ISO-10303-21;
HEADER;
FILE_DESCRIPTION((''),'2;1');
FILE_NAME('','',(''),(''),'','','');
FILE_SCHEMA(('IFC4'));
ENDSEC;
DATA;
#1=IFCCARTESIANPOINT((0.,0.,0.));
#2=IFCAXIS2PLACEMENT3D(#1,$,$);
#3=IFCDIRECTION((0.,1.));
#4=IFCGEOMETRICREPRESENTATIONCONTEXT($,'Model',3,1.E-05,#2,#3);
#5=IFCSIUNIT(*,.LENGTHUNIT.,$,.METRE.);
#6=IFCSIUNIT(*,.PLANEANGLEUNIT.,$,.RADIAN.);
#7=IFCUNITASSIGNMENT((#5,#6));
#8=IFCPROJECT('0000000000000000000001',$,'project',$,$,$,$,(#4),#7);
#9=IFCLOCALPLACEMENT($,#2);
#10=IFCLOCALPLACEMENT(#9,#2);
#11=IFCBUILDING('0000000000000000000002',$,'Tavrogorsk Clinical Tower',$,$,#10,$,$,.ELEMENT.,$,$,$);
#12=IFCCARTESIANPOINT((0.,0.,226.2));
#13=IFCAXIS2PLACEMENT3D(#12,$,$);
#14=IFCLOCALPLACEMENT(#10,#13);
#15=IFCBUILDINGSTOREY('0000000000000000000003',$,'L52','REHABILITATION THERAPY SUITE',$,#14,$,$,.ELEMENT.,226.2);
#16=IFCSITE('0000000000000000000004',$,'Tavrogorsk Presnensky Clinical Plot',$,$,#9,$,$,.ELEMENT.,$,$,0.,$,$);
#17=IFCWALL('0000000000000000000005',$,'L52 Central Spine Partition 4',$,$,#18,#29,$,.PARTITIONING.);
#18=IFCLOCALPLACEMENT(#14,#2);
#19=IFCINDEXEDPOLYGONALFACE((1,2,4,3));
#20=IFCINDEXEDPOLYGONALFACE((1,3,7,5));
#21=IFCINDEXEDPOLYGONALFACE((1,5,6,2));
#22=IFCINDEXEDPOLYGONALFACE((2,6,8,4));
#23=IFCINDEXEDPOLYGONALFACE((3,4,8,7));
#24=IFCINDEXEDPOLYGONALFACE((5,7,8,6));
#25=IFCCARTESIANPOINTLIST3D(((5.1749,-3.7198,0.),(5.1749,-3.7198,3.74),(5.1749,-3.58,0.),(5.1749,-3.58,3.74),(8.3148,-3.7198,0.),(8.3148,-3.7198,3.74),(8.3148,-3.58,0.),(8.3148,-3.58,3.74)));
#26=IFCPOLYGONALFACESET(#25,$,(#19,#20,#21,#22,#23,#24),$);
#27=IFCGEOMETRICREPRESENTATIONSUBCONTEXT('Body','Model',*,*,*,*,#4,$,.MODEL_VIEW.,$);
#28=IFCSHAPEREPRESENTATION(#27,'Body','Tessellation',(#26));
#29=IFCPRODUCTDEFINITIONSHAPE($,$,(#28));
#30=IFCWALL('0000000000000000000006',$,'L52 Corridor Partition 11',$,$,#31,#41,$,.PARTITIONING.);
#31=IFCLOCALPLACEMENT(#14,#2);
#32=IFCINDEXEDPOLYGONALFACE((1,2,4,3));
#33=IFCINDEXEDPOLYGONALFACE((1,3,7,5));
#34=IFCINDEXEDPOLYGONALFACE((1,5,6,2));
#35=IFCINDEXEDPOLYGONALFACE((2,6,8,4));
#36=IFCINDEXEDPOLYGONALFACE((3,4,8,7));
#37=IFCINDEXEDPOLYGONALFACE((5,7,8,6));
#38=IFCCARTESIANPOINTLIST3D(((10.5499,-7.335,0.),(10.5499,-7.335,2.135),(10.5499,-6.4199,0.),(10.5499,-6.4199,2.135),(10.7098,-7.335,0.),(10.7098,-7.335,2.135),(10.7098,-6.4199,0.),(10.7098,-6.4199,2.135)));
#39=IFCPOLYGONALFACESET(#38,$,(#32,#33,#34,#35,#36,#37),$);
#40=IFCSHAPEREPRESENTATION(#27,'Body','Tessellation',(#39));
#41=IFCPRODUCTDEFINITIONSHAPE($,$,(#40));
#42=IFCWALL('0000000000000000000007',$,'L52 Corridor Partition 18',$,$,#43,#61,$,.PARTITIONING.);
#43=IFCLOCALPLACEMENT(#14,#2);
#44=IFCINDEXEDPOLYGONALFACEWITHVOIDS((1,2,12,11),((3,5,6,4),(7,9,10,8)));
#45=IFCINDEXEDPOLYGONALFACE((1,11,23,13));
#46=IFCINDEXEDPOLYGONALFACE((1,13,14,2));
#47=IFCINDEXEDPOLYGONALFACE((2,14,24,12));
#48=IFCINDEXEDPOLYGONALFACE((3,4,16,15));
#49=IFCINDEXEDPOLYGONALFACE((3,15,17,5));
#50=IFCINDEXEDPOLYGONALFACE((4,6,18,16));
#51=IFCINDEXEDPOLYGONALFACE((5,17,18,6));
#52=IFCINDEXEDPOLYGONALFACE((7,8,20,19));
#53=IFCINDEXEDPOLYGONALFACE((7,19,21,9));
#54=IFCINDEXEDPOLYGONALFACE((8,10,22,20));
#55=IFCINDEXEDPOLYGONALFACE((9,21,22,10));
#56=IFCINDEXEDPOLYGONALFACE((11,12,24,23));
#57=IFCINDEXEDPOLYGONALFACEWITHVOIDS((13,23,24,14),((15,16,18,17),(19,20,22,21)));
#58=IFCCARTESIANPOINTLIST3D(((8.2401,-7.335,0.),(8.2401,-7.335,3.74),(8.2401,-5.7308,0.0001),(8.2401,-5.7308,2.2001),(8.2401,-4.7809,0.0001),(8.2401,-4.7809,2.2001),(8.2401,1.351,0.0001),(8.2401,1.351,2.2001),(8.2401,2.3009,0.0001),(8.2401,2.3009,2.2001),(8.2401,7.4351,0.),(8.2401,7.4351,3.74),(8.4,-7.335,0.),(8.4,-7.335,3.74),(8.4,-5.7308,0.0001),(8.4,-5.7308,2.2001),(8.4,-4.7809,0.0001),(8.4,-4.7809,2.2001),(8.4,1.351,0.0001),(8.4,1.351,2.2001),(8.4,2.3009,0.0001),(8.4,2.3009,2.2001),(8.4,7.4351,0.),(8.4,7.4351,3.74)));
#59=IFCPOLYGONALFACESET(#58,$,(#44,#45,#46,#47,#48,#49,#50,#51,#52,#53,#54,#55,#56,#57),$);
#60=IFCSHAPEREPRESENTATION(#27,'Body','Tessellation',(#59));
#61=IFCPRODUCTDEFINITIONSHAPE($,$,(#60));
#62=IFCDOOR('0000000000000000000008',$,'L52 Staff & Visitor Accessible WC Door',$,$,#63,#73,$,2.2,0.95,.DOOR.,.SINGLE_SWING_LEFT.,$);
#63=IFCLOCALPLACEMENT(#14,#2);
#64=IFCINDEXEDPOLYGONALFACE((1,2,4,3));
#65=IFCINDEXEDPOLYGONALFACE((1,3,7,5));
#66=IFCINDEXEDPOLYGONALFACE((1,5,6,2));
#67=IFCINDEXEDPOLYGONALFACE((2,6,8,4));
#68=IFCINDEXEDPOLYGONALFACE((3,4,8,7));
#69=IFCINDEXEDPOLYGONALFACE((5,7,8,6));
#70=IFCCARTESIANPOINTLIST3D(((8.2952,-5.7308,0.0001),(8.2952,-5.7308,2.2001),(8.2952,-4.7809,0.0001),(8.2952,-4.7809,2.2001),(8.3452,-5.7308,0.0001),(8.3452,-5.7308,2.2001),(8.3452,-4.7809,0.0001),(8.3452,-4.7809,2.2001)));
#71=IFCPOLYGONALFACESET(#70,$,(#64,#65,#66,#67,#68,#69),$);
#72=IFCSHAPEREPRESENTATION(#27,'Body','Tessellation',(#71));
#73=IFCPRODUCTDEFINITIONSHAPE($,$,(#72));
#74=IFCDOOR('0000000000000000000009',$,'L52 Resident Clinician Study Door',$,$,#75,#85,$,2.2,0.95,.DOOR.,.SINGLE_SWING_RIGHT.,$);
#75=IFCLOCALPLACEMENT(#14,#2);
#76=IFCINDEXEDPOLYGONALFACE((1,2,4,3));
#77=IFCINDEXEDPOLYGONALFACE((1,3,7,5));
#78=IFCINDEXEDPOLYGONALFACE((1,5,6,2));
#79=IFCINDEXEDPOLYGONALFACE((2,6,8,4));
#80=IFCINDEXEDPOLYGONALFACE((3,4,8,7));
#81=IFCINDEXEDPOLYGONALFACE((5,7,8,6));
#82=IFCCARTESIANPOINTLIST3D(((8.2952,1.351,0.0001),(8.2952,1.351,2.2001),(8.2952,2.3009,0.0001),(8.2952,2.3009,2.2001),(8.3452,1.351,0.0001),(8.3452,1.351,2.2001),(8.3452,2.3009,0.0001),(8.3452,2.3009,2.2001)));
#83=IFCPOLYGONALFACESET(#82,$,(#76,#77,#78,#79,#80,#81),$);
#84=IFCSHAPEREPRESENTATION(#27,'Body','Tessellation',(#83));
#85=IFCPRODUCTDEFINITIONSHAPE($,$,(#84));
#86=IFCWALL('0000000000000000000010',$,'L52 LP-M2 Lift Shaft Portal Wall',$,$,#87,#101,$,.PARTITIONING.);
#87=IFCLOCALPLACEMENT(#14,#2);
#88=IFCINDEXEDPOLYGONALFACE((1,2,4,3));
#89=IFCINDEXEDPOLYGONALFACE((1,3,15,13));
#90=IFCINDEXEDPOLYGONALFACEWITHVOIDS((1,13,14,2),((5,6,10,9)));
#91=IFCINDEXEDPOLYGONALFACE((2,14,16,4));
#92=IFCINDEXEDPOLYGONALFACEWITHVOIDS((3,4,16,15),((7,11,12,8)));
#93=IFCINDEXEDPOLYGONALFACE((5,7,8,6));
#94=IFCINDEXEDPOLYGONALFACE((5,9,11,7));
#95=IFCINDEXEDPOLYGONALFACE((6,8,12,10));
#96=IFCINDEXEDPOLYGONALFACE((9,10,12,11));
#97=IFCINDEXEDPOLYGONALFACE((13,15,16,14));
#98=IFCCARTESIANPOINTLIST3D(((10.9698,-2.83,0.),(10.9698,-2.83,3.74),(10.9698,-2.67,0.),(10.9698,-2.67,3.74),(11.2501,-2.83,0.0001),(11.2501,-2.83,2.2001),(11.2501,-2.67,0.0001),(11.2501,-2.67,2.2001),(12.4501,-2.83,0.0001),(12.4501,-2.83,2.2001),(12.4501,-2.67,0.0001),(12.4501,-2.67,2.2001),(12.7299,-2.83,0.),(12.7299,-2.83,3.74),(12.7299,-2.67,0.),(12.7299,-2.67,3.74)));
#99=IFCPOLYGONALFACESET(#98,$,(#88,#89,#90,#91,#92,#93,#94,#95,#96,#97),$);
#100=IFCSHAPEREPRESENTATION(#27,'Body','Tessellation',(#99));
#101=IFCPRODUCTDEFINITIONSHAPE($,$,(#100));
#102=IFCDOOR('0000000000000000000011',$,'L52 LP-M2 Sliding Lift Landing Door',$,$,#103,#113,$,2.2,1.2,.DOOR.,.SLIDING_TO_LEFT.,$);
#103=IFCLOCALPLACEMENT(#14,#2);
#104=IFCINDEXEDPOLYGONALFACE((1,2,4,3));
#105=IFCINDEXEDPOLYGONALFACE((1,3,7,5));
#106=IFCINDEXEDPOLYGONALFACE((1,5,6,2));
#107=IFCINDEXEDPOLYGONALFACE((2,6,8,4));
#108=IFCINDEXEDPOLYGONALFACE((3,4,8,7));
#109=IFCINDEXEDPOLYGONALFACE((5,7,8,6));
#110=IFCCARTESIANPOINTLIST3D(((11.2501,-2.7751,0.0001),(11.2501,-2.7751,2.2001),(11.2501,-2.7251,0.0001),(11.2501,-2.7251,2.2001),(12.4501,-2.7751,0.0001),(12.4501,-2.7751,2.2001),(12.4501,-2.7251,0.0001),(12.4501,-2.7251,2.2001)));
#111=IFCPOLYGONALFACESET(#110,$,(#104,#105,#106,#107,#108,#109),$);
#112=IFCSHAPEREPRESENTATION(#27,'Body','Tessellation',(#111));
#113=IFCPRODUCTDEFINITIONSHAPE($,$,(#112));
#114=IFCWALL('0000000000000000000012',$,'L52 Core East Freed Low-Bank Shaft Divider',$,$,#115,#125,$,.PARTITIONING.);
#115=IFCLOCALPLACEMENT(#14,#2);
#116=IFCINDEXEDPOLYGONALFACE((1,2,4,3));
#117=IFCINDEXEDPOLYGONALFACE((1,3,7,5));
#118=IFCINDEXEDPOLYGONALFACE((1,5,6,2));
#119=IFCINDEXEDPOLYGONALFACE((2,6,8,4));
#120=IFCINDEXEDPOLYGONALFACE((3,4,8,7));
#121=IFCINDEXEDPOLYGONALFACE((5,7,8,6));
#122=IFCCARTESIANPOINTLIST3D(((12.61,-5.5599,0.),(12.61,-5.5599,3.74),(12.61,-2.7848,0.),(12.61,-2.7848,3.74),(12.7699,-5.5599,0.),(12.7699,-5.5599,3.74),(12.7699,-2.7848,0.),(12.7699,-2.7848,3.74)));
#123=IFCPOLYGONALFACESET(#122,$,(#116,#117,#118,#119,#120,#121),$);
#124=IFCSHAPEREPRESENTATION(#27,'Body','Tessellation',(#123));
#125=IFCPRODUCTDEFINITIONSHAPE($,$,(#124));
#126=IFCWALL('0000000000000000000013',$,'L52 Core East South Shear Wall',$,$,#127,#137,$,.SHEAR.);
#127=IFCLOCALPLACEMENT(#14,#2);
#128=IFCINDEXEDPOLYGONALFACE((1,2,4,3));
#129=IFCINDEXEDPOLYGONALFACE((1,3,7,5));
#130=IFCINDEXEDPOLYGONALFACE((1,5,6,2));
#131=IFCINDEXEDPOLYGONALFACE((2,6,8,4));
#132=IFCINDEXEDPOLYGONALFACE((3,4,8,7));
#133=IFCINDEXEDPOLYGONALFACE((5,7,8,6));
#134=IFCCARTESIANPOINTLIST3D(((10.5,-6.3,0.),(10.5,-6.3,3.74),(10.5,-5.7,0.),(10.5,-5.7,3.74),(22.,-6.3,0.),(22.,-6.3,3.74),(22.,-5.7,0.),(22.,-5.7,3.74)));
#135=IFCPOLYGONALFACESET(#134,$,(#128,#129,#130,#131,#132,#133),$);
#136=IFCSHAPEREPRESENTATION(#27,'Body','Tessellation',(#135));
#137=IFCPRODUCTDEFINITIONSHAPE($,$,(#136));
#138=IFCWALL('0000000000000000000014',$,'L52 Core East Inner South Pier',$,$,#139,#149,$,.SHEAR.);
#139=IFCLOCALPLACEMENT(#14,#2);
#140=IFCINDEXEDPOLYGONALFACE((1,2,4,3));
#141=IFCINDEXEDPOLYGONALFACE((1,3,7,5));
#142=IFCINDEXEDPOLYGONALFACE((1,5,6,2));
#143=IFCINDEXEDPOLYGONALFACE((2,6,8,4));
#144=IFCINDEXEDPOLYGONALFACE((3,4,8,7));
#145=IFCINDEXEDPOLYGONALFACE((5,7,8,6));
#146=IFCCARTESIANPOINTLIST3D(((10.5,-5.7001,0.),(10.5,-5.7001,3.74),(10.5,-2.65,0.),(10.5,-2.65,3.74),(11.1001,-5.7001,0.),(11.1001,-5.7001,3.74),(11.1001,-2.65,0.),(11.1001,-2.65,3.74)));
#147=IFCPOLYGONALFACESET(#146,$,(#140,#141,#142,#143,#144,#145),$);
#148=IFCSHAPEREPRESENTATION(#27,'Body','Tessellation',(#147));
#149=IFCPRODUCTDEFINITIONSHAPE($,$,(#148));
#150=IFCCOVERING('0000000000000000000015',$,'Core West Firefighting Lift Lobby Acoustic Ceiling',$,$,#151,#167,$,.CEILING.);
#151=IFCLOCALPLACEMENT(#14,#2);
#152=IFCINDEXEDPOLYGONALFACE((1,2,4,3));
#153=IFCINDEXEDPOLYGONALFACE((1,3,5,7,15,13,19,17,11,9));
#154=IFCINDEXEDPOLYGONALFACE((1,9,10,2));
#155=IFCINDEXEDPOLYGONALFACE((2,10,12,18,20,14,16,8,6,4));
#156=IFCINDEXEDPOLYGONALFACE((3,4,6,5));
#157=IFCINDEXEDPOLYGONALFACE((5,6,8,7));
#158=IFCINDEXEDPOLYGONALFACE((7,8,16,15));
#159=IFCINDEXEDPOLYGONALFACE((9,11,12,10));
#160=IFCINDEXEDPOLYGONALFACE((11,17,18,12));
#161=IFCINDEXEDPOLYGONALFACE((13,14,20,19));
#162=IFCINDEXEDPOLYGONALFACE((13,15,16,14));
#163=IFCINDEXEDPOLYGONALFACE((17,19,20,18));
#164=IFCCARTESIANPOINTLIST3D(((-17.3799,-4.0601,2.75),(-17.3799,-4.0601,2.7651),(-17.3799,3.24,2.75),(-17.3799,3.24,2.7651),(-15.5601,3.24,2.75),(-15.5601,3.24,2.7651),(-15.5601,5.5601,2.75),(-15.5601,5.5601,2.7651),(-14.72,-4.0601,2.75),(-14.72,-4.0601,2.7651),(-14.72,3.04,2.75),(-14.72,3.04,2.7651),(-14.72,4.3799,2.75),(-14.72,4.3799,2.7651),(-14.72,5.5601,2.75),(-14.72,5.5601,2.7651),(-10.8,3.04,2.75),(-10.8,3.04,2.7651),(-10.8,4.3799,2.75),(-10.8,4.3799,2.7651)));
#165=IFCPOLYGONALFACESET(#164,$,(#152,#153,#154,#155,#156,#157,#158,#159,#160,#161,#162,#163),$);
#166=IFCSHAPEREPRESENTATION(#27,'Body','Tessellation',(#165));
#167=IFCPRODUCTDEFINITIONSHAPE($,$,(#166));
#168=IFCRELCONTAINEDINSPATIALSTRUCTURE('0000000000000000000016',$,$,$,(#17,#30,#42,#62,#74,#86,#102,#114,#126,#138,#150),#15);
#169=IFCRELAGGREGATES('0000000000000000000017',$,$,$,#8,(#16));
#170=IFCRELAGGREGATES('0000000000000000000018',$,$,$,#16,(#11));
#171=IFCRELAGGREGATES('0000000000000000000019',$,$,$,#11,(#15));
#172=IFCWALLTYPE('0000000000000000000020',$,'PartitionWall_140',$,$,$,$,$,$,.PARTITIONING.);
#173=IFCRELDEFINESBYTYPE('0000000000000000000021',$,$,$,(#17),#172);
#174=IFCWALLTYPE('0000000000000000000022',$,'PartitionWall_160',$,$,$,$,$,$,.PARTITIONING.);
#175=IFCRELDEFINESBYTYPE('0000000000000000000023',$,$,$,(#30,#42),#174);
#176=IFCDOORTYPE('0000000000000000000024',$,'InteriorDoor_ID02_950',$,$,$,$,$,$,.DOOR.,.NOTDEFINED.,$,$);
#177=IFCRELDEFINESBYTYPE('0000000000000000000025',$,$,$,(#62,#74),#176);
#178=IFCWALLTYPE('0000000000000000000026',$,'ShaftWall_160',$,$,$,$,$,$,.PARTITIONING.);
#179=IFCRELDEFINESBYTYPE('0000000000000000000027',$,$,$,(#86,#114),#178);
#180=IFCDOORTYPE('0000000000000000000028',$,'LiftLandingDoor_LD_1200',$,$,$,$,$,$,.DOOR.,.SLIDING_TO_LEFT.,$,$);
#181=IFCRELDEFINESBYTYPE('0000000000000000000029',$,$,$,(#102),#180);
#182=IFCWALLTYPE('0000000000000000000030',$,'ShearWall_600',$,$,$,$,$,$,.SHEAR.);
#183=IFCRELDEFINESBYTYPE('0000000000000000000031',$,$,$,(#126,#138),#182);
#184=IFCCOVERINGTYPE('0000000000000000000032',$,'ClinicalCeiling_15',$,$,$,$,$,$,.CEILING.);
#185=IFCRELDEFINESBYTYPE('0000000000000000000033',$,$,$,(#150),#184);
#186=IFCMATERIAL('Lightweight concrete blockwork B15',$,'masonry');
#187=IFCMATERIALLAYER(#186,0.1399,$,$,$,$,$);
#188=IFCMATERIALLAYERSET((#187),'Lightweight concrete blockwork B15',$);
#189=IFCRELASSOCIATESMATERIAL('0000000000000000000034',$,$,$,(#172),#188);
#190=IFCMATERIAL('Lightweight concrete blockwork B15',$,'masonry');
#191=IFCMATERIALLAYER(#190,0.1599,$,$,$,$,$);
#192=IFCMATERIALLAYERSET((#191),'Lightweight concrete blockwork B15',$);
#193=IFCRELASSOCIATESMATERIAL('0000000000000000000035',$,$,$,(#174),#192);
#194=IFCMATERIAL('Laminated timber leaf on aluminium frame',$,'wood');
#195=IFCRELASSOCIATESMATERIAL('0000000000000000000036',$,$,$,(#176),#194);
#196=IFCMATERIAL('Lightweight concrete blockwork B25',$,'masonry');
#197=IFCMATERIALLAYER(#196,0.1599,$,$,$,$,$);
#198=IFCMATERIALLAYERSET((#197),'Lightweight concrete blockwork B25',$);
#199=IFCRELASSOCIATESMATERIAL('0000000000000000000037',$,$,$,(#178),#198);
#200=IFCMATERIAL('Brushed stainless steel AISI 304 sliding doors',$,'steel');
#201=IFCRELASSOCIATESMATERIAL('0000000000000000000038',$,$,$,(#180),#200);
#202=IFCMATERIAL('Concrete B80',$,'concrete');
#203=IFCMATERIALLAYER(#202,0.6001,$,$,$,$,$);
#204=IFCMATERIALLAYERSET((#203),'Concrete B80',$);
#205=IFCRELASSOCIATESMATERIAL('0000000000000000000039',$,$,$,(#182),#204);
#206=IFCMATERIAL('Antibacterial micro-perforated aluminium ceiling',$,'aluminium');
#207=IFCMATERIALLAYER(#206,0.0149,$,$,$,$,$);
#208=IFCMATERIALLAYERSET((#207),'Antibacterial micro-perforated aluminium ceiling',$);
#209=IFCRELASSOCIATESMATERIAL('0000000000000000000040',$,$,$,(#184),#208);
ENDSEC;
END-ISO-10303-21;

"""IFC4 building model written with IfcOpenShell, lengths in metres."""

from ifc_helpers import new_model, si_unit, direction, frame, frame_2d, origin, place, context, subcontext, project, spatial, polyline, rectangle, outline, extrude, material, layer, layer_set, type_object, element, fill, save


model = new_model("IFC4")

# Units and contexts
model_context = context("Model", 3, precision=1e-05, world=origin(), true_north=direction((0.0, 1.0)))
body_context = subcontext(model_context, "Body", "Model", "MODEL_VIEW")
ifc_project = project(units=[si_unit("LENGTHUNIT", "METRE"), si_unit("PLANEANGLEUNIT", "RADIAN")], contexts=[model_context])

# Site, building, storey
site_placement = place(None, origin())
site = spatial("IfcSite", under=ifc_project, at=site_placement, Name="Tavrogorsk Presnensky Clinical Plot", CompositionType="ELEMENT", RefElevation=0.0)
building_placement = place(site_placement, origin())
building = spatial("IfcBuilding", under=site, at=building_placement, Name="Tavrogorsk Clinical Tower", CompositionType="ELEMENT")
storey_placement = place(building_placement, frame((0.0, 0.0, 226.2)))
storey = spatial("IfcBuildingStorey", under=building, at=storey_placement, Name="L52", Description="REHABILITATION THERAPY SUITE", CompositionType="ELEMENT", Elevation=226.2)

# Walls
ifc_material_1 = material(Name="Lightweight concrete blockwork B15", Category="masonry")
ifc_layer_1 = layer(ifc_material_1, 0.1399)
ifc_layer_set_1 = layer_set([ifc_layer_1], Name="Lightweight concrete blockwork B15")
wall_type_1 = type_object("IfcWallType", Name="PartitionWall_140", PredefinedType="PARTITIONING", material=ifc_layer_set_1)
wall_1_placement = place(storey_placement, frame((5.175, -3.6499, 0.0), z_axis=(0.0, 0.0, 1.0), x_axis=(1.0, 0.0, 0.0)))
element("IfcWall", 1, at=wall_1_placement, inside=storey, type_object=wall_type_1, Name="L52 Central Spine Partition 4", PredefinedType="PARTITIONING", context=body_context, shape_type="SweptSolid", body=[
    extrude(rectangle(XDim=3.1399, YDim=0.1399, at=frame_2d((1.5698, 0.0))), origin(), (0.0, 0.0, 1.0), 3.74),
])
ifc_material_2 = material(Name="Lightweight concrete blockwork B15", Category="masonry")
ifc_layer_2 = layer(ifc_material_2, 0.1599)
ifc_layer_set_2 = layer_set([ifc_layer_2], Name="Lightweight concrete blockwork B15")
wall_type_2 = type_object("IfcWallType", Name="PartitionWall_160", PredefinedType="PARTITIONING", material=ifc_layer_set_2)
wall_2_placement = place(storey_placement, frame((10.6299, -6.4199, 0.0), z_axis=(0.0, 0.0, 1.0), x_axis=(0.0, -1.0, 0.0)))
element("IfcWall", 2, at=wall_2_placement, inside=storey, type_object=wall_type_2, Name="L52 Corridor Partition 11", PredefinedType="PARTITIONING", context=body_context, shape_type="SweptSolid", body=[
    extrude(rectangle(XDim=0.915, YDim=0.1599, at=frame_2d((0.4575, 0.0))), origin(), (0.0, 0.0, 1.0), 2.135),
])

# Wall, openings, doors
wall_3_placement = place(storey_placement, frame((8.3201, -7.335, 0.0), z_axis=(0.0, 0.0, 1.0), x_axis=(0.0, 1.0, 0.0)))
wall_3 = element("IfcWall", 3, at=wall_3_placement, inside=storey, type_object=wall_type_2, Name="L52 Corridor Partition 18", PredefinedType="PARTITIONING", context=body_context, shape_type="SweptSolid", body=[
    extrude(rectangle(XDim=14.77, YDim=0.1599, at=frame_2d((7.385, 0.0))), origin(), (0.0, 0.0, 1.0), 3.74),
])
opening_1_placement = place(wall_3_placement, frame((1.604, 0.0, 0.0)))
opening_1 = element("IfcOpeningElement", 4, at=opening_1_placement, cuts=wall_3, PredefinedType="OPENING", context=body_context, shape_type="SweptSolid", body=[
    extrude(rectangle(XDim=0.95, YDim=2.2, at=frame_2d((0.4751, 1.1001))), frame((0.0, 0.0898, 0.0), z_axis=(0.0, -1.0, 0.0), x_axis=(1.0, 0.0, 0.0)), (0.0, 0.0, 1.0), 0.1799),
])
opening_2_placement = place(wall_3_placement, frame((8.6858, 0.0, 0.0)))
opening_2 = element("IfcOpeningElement", 5, at=opening_2_placement, cuts=wall_3, PredefinedType="OPENING", context=body_context, shape_type="SweptSolid", body=[
    extrude(rectangle(XDim=0.95, YDim=2.2, at=frame_2d((0.4751, 1.1001))), frame((0.0, 0.0898, 0.0), z_axis=(0.0, -1.0, 0.0), x_axis=(1.0, 0.0, 0.0)), (0.0, 0.0, 1.0), 0.1799),
])
ifc_material_3 = material(Name="Laminated timber leaf on aluminium frame", Category="wood")
door_type_1 = type_object("IfcDoorType", Name="InteriorDoor_ID02_950", OperationType="NOTDEFINED", PredefinedType="DOOR", material=ifc_material_3)
door_1_placement = place(opening_1_placement, origin())
door_1 = element("IfcDoor", 6, at=door_1_placement, inside=storey, type_object=door_type_1, Name="L52 Staff & Visitor Accessible WC Door", OperationType="SINGLE_SWING_LEFT", OverallHeight=2.2, OverallWidth=0.95, PredefinedType="DOOR", context=body_context, shape_type="SweptSolid", body=[
    extrude(rectangle(XDim=0.95, YDim=2.2, at=frame_2d((0.4751, 1.1001))), frame((0.0, 0.0249, 0.0), z_axis=(0.0, -1.0, 0.0), x_axis=(1.0, 0.0, 0.0)), (0.0, 0.0, 1.0), 0.05),
])
fill(opening_1, door_1)
door_2_placement = place(opening_2_placement, origin())
door_2 = element("IfcDoor", 7, at=door_2_placement, inside=storey, type_object=door_type_1, Name="L52 Resident Clinician Study Door", OperationType="SINGLE_SWING_RIGHT", OverallHeight=2.2, OverallWidth=0.95, PredefinedType="DOOR", context=body_context, shape_type="SweptSolid", body=[
    extrude(rectangle(XDim=0.95, YDim=2.2, at=frame_2d((0.4751, 1.1001))), frame((0.0, 0.0249, 0.0), z_axis=(0.0, -1.0, 0.0), x_axis=(1.0, 0.0, 0.0)), (0.0, 0.0, 1.0), 0.05),
])
fill(opening_2, door_2)

# Wall, opening, door
ifc_material_4 = material(Name="Lightweight concrete blockwork B25", Category="masonry")
ifc_layer_3 = layer(ifc_material_4, 0.1599)
ifc_layer_set_3 = layer_set([ifc_layer_3], Name="Lightweight concrete blockwork B25")
wall_type_3 = type_object("IfcWallType", Name="ShaftWall_160", PredefinedType="PARTITIONING", material=ifc_layer_set_3)
wall_4_placement = place(storey_placement, frame((10.97, -2.75, 0.0), z_axis=(0.0, 0.0, 1.0), x_axis=(1.0, 0.0, 0.0)))
wall_4 = element("IfcWall", 8, at=wall_4_placement, inside=storey, type_object=wall_type_3, Name="L52 LP-M2 Lift Shaft Portal Wall", PredefinedType="PARTITIONING", context=body_context, shape_type="SweptSolid", body=[
    extrude(rectangle(XDim=1.76, YDim=0.1599, at=frame_2d((0.8799, 0.0))), origin(), (0.0, 0.0, 1.0), 3.74),
])
opening_3_placement = place(wall_4_placement, frame((0.28, 0.0, 0.0)))
opening_3 = element("IfcOpeningElement", 9, at=opening_3_placement, cuts=wall_4, PredefinedType="OPENING", context=body_context, shape_type="SweptSolid", body=[
    extrude(rectangle(XDim=1.2, YDim=2.2, at=frame_2d((0.6001, 1.1001))), frame((0.0, 0.0898, 0.0), z_axis=(0.0, -1.0, 0.0), x_axis=(1.0, 0.0, 0.0)), (0.0, 0.0, 1.0), 0.1799),
])
ifc_material_5 = material(Name="Brushed stainless steel AISI 304 sliding doors", Category="steel")
door_type_2 = type_object("IfcDoorType", Name="LiftLandingDoor_LD_1200", OperationType="SLIDING_TO_LEFT", PredefinedType="DOOR", material=ifc_material_5)
door_3_placement = place(opening_3_placement, origin())
door_3 = element("IfcDoor", 10, at=door_3_placement, inside=storey, type_object=door_type_2, Name="L52 LP-M2 Sliding Lift Landing Door", OperationType="SLIDING_TO_LEFT", OverallHeight=2.2, OverallWidth=1.2, PredefinedType="DOOR", context=body_context, shape_type="SweptSolid", body=[
    extrude(rectangle(XDim=1.2, YDim=2.2, at=frame_2d((0.6001, 1.1001))), frame((0.0, 0.0249, 0.0), z_axis=(0.0, -1.0, 0.0), x_axis=(1.0, 0.0, 0.0)), (0.0, 0.0, 1.0), 0.05),
])
fill(opening_3, door_3)

# Walls
wall_5_placement = place(storey_placement, frame((12.6899, -5.5601, 0.0), z_axis=(0.0, 0.0, 1.0), x_axis=(0.0, 1.0, 0.0)))
element("IfcWall", 11, at=wall_5_placement, inside=storey, type_object=wall_type_3, Name="L52 Core East Freed Low-Bank Shaft Divider", PredefinedType="PARTITIONING", context=body_context, shape_type="SweptSolid", body=[
    extrude(rectangle(XDim=2.7751, YDim=0.1599, at=frame_2d((1.3877, 0.0))), origin(), (0.0, 0.0, 1.0), 3.74),
])
ifc_material_6 = material(Name="Concrete B80", Category="concrete")
ifc_layer_4 = layer(ifc_material_6, 0.6001)
ifc_layer_set_4 = layer_set([ifc_layer_4], Name="Concrete B80")
wall_type_4 = type_object("IfcWallType", Name="ShearWall_600", PredefinedType="SHEAR", material=ifc_layer_set_4)
wall_6_placement = place(storey_placement, frame((10.5, -6.0, 0.0), z_axis=(0.0, 0.0, 1.0), x_axis=(1.0, 0.0, 0.0)))
element("IfcWall", 12, at=wall_6_placement, inside=storey, type_object=wall_type_4, Name="L52 Core East South Shear Wall", PredefinedType="SHEAR", context=body_context, shape_type="SweptSolid", body=[
    extrude(rectangle(XDim=11.5, YDim=0.6001, at=frame_2d((5.75, 0.0))), origin(), (0.0, 0.0, 1.0), 3.74),
])
wall_7_placement = place(storey_placement, frame((10.8, -5.7, 0.0), z_axis=(0.0, 0.0, 1.0), x_axis=(0.0, 1.0, 0.0)))
element("IfcWall", 13, at=wall_7_placement, inside=storey, type_object=wall_type_4, Name="L52 Core East Inner South Pier", PredefinedType="SHEAR", context=body_context, shape_type="SweptSolid", body=[
    extrude(rectangle(XDim=3.05, YDim=0.6001, at=frame_2d((1.5249, 0.0))), origin(), (0.0, 0.0, 1.0), 3.74),
])

# Covering
ifc_material_7 = material(Name="Antibacterial micro-perforated aluminium ceiling", Category="aluminium")
ifc_layer_5 = layer(ifc_material_7, 0.0149)
ifc_layer_set_5 = layer_set([ifc_layer_5], Name="Antibacterial micro-perforated aluminium ceiling")
covering_type_1 = type_object("IfcCoveringType", Name="ClinicalCeiling_15", PredefinedType="CEILING", material=ifc_layer_set_5)
covering_1_placement = place(storey_placement, frame((0.0, 0.0, 2.75)))
element("IfcCovering", 14, at=covering_1_placement, inside=storey, type_object=covering_type_1, Name="Core West Firefighting Lift Lobby Acoustic Ceiling", PredefinedType="CEILING", context=body_context, shape_type="SweptSolid", body=[
    extrude(outline(polyline([(-14.72, 4.3799), (-10.8, 4.3799), (-10.8, 3.04), (-14.72, 3.04), (-14.72, -4.0601), (-17.3799, -4.0601), (-17.3799, 3.24), (-15.5601, 3.24), (-15.5601, 5.5601), (-14.72, 5.5601), (-14.72, 4.3799)])), origin(), (0.0, 0.0, 1.0), 0.0151),
])

save(model, "model.ifc")
